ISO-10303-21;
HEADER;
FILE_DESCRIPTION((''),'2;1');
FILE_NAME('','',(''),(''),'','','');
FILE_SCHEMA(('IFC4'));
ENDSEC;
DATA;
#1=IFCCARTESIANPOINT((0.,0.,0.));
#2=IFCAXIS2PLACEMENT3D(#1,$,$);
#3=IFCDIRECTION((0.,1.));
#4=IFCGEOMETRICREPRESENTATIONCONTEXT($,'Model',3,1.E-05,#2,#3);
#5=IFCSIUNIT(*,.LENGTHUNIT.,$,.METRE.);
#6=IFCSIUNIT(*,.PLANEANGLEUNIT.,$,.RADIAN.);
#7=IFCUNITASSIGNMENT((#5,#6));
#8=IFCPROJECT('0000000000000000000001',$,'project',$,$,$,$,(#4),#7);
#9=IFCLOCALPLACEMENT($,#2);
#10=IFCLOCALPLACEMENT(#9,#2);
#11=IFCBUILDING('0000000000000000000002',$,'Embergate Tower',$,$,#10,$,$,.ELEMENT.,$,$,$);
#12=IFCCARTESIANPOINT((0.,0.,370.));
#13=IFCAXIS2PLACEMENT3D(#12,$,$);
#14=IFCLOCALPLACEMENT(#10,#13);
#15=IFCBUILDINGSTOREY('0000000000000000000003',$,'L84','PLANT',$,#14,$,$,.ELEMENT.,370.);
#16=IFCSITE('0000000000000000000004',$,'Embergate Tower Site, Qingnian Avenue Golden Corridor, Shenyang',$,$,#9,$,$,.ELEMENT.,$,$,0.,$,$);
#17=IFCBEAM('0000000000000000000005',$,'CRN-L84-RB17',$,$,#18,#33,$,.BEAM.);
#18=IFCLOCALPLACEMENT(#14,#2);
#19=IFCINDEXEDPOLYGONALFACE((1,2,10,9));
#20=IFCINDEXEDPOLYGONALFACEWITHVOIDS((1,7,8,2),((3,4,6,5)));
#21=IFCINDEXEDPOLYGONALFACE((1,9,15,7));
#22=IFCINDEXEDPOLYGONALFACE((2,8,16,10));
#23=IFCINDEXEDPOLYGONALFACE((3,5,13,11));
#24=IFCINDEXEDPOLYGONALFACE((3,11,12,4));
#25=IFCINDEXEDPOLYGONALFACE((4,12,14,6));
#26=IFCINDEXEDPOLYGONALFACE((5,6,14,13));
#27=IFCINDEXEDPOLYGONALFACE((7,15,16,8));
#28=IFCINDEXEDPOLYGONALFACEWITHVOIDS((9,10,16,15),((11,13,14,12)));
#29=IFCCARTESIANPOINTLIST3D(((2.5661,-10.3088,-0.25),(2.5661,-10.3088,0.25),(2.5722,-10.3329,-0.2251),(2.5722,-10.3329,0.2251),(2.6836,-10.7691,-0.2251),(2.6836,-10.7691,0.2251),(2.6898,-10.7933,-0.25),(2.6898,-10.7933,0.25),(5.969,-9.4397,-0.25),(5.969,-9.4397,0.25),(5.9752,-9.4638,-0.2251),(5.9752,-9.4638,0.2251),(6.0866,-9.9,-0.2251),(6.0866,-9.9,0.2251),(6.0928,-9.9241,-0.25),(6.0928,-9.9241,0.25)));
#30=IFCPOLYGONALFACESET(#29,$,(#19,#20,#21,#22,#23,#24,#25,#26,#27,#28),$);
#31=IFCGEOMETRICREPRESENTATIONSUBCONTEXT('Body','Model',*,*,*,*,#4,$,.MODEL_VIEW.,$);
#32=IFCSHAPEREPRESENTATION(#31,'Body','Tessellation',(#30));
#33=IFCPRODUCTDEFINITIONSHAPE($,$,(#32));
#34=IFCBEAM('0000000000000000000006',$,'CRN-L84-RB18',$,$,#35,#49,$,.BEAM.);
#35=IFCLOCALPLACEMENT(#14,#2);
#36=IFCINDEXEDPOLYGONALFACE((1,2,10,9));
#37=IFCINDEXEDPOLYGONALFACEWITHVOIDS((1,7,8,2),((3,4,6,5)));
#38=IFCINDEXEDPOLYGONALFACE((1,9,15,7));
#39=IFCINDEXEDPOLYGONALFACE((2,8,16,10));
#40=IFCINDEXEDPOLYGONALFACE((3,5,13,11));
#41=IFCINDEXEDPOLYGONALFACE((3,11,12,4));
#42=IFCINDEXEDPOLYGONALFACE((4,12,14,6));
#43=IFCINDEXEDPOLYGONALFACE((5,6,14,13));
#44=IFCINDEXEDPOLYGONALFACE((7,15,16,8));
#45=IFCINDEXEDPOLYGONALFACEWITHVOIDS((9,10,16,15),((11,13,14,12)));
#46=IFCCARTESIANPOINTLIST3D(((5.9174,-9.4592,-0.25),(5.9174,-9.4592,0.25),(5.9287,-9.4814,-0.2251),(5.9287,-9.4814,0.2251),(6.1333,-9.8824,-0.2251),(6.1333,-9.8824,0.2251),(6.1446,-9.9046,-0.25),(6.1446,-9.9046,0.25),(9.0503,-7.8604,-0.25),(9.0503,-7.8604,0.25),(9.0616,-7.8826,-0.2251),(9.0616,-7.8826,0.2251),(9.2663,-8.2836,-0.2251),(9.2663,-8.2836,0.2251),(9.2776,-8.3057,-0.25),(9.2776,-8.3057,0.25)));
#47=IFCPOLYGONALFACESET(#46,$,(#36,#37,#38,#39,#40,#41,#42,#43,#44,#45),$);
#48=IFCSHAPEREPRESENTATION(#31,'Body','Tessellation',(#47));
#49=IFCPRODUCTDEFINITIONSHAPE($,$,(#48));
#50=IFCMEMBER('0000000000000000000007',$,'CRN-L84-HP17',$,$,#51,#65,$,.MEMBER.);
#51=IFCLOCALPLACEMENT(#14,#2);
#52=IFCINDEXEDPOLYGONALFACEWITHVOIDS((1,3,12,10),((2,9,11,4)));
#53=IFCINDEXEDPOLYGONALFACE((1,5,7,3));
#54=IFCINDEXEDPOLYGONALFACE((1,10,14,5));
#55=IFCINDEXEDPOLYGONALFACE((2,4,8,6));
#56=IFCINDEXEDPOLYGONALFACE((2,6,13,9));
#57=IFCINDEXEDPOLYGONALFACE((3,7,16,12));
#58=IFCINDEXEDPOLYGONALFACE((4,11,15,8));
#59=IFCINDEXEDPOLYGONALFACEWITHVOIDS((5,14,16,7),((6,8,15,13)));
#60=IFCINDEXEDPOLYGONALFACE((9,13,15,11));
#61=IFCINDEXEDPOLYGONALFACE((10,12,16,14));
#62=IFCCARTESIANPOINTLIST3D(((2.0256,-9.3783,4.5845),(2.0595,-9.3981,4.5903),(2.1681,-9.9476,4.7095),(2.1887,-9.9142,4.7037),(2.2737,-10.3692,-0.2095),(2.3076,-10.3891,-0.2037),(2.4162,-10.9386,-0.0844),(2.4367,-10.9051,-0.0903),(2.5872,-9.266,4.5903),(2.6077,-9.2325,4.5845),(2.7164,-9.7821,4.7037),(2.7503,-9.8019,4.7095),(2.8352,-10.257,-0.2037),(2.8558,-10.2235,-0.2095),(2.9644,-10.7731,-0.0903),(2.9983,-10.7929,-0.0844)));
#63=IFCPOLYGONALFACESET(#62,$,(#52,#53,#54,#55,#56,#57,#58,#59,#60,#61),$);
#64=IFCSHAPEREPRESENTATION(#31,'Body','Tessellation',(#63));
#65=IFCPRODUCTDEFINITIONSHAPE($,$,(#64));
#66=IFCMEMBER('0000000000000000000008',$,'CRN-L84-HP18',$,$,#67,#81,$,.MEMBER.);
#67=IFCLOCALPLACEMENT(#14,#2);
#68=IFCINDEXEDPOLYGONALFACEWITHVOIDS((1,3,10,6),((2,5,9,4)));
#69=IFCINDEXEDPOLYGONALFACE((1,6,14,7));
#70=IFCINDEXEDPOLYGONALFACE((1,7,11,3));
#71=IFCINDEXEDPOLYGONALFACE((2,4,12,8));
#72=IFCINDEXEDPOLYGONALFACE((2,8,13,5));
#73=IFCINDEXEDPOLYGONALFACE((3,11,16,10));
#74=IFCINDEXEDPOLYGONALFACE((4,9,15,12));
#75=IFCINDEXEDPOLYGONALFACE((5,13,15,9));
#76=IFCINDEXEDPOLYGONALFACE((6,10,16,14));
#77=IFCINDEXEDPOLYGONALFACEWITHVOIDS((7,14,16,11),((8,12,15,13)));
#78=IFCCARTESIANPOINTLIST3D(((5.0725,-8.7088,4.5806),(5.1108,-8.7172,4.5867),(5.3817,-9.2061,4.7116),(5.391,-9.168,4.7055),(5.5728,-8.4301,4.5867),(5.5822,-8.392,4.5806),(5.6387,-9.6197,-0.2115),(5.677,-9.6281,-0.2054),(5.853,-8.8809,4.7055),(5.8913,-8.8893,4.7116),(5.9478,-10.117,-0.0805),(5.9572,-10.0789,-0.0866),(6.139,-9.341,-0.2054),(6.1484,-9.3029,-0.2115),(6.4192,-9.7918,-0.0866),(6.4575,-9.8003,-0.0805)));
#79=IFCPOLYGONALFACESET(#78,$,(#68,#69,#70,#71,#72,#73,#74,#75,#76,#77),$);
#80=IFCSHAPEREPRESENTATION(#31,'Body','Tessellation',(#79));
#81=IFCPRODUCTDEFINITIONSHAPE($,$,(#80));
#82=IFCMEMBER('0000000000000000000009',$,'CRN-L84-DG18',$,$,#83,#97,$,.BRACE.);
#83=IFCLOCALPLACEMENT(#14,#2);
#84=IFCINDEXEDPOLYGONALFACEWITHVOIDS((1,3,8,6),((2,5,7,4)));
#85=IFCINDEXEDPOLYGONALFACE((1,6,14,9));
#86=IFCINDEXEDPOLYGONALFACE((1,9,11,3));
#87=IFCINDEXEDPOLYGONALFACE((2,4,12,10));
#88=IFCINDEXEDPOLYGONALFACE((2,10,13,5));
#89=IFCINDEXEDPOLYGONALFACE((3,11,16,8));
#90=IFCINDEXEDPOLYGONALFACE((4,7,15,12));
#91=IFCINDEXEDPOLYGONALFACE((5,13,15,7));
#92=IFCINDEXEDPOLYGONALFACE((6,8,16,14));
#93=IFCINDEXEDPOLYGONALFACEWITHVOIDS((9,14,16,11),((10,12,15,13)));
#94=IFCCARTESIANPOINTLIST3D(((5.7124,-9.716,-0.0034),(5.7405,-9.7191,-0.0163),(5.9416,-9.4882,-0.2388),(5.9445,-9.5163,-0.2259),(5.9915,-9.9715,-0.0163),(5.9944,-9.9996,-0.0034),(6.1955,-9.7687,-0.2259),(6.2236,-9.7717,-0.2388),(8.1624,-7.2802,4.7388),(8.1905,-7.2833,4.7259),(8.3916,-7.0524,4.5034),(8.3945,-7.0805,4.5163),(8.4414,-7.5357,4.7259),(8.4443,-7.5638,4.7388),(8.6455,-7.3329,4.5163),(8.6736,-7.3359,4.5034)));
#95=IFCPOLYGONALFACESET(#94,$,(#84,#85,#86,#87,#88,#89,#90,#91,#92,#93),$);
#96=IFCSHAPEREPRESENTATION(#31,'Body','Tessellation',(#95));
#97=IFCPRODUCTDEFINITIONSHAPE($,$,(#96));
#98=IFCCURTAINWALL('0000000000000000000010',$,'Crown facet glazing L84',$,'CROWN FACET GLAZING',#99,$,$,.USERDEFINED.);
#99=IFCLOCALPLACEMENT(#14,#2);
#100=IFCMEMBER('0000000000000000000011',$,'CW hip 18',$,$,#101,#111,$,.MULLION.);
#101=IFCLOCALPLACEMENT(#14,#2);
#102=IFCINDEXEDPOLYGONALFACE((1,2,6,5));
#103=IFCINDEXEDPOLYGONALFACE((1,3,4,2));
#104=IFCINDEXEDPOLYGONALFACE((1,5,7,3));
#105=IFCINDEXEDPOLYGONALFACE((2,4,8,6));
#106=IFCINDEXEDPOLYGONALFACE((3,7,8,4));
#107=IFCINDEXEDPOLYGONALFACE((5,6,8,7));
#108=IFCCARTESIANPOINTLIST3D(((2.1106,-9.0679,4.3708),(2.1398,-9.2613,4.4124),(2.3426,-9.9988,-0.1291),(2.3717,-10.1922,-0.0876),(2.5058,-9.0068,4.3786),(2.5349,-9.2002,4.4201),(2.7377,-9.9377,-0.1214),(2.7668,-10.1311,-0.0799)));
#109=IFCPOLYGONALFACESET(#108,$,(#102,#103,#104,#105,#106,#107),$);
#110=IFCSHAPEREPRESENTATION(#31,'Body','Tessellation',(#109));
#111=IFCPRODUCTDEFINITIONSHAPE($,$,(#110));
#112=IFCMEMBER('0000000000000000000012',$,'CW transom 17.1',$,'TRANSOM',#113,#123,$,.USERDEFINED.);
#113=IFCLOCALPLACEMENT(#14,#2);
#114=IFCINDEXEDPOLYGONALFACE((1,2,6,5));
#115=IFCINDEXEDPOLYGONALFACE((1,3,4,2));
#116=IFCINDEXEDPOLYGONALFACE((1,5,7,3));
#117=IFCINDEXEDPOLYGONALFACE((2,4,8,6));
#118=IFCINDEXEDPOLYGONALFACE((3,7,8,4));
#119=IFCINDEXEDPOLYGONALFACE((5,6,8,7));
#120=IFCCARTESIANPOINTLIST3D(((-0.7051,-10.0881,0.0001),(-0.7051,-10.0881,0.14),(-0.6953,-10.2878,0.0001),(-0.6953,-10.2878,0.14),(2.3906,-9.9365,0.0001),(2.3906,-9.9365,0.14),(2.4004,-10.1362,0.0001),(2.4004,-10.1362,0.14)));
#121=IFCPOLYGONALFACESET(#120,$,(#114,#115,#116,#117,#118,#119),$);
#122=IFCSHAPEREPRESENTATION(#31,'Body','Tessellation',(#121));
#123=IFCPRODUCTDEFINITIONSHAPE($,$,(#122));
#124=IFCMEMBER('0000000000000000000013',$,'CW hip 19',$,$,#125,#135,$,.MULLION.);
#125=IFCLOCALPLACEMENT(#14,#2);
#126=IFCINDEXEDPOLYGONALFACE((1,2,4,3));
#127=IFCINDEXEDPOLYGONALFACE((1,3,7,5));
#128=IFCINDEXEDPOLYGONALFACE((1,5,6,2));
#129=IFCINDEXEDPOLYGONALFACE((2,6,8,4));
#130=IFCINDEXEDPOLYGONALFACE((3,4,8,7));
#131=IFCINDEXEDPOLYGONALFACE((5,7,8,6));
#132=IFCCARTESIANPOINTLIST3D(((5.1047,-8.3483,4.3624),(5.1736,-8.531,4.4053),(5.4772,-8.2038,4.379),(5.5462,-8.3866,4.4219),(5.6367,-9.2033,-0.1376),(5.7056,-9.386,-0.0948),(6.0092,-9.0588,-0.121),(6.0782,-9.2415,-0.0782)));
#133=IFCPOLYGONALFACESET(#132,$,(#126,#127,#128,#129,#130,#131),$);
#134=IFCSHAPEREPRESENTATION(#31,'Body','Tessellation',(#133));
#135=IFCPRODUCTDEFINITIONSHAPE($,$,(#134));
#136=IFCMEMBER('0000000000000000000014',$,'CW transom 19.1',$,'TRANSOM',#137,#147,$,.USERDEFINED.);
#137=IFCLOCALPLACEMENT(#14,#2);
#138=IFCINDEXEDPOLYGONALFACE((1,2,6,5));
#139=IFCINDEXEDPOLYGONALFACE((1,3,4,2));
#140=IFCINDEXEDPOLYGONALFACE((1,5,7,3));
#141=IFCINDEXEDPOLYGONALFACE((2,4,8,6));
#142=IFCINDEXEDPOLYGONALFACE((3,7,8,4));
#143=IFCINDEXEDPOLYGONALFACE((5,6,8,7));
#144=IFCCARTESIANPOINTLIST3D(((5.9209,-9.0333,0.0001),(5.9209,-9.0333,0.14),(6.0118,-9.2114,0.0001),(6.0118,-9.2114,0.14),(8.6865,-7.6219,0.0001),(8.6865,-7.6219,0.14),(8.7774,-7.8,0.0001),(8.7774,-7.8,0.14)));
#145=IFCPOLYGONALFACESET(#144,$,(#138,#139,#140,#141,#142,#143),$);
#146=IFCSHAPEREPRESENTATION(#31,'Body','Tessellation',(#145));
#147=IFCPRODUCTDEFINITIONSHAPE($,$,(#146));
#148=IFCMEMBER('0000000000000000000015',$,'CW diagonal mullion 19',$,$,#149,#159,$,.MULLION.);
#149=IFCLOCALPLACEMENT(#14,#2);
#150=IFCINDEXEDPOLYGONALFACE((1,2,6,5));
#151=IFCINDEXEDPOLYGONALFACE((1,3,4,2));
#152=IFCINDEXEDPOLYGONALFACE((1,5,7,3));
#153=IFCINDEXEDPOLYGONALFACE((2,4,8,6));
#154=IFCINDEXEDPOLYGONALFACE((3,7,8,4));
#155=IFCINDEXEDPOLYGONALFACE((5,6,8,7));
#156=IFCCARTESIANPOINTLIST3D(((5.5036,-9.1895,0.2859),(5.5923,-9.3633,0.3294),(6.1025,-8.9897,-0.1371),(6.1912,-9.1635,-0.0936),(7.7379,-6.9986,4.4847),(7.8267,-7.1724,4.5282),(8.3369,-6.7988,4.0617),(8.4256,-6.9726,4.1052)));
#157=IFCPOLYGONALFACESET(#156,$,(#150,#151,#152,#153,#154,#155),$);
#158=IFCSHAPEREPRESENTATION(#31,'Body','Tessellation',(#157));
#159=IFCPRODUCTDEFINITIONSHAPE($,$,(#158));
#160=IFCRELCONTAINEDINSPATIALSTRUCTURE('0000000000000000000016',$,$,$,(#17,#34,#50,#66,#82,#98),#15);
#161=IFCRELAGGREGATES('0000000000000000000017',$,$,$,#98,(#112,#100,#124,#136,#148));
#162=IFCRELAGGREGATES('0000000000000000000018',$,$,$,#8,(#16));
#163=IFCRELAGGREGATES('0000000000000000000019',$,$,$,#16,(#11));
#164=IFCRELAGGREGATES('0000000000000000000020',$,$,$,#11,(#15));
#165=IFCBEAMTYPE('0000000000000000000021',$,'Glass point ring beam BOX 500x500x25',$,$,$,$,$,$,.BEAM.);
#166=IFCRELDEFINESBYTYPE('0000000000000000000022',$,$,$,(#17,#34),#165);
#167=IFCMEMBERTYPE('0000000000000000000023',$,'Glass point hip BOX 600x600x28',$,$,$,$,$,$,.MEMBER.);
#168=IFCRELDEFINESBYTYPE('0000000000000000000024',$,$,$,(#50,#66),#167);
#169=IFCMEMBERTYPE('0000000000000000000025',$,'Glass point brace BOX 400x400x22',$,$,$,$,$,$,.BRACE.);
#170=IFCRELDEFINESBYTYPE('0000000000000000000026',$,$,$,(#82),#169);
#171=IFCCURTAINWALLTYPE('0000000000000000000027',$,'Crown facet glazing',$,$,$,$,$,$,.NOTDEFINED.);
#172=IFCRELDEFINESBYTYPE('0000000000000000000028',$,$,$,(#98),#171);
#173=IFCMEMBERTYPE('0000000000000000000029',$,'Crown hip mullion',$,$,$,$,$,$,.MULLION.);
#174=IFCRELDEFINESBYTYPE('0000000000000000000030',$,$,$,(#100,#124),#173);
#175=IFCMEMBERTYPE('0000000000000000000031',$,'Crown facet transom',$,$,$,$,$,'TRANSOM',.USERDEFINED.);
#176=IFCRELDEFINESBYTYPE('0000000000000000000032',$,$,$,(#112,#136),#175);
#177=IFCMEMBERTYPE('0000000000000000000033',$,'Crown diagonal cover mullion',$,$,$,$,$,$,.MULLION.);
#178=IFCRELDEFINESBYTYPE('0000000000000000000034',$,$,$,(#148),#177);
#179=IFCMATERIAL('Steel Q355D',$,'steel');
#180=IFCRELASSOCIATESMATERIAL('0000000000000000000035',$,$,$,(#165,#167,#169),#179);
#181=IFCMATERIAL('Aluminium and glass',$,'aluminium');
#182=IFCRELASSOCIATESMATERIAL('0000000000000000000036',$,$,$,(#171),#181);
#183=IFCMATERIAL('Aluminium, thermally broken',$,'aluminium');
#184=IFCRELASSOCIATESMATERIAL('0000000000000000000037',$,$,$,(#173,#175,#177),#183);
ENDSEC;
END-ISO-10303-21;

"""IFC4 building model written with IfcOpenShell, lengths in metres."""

from ifc_helpers import new_model, si_unit, direction, frame, origin, origin_2d, place, context, subcontext, project, spatial, rectangle, hollow_rectangle, extrude, source, transform, mapped, material, material_profile, profile_set, type_object, element, aggregate, save


model = new_model("IFC4")

# Units and contexts
model_context = context("Model", 3, precision=1e-05, world=origin(), true_north=direction((0.0, 1.0)))
body_context = subcontext(model_context, "Body", "Model", "MODEL_VIEW")
ifc_project = project(units=[si_unit("LENGTHUNIT", "METRE"), si_unit("PLANEANGLEUNIT", "RADIAN")], contexts=[model_context])

# Site, building, storey
site_placement = place(None, origin())
site = spatial("IfcSite", under=ifc_project, at=site_placement, Name="Embergate Tower Site, Qingnian Avenue Golden Corridor, Shenyang", CompositionType="ELEMENT", RefElevation=0.0)
building_placement = place(site_placement, origin())
building = spatial("IfcBuilding", under=site, at=building_placement, Name="Embergate Tower", CompositionType="ELEMENT")
storey_placement = place(building_placement, frame((0.0, 0.0, 370.0)))
storey = spatial("IfcBuildingStorey", under=building, at=storey_placement, Name="L84", Description="PLANT", CompositionType="ELEMENT", Elevation=370.0)

# Beams
ifc_material_1 = material(Name="Steel Q355D", Category="steel")
ifc_material_profile_1 = material_profile(ifc_material_1, hollow_rectangle(XDim=0.5, YDim=0.5, WallThickness=0.0249, at=origin_2d()), Name="BOX 500x500x25")
ifc_profile_set_1 = profile_set([ifc_material_profile_1], Name="Steel Q355 grade D")
beam_type = type_object("IfcBeamType", Name="Glass point ring beam BOX 500x500x25", PredefinedType="BEAM", material=ifc_profile_set_1)
shared_shape_1 = source(origin(), body_context, "Body", "SweptSolid", [
    extrude(hollow_rectangle(XDim=0.5, YDim=0.5, WallThickness=0.0249, at=origin_2d()), origin(), (0.0, 0.0, 1.0), 3.5122),
])
beam_1_placement = place(storey_placement, frame((2.6279, -10.551, 0.0), z_axis=(0.968899, 0.247455, 0.0), x_axis=(-0.247455, 0.968899, 0.0)))
element("IfcBeam", 1, at=beam_1_placement, inside=storey, type_object=beam_type, Name="CRN-L84-RB17", PredefinedType="BEAM", context=body_context, shape_type="MappedRepresentation", body=[
    mapped(shared_shape_1, transform((0.0, 0.0, 0.0))),
])
shared_shape_2 = source(origin(), body_context, "Body", "SweptSolid", [
    extrude(hollow_rectangle(XDim=0.5, YDim=0.5, WallThickness=0.0249, at=origin_2d()), origin(), (0.0, 0.0, 1.0), 3.5173),
])
beam_2_placement = place(storey_placement, frame((6.031, -9.6819, 0.0), z_axis=(0.890718, 0.454556, 0.0), x_axis=(-0.454556, 0.890718, 0.0)))
element("IfcBeam", 2, at=beam_2_placement, inside=storey, type_object=beam_type, Name="CRN-L84-RB18", PredefinedType="BEAM", context=body_context, shape_type="MappedRepresentation", body=[
    mapped(shared_shape_2, transform((0.0, 0.0, 0.0))),
])

# Members
ifc_material_profile_2 = material_profile(ifc_material_1, hollow_rectangle(XDim=0.6001, YDim=0.6001, WallThickness=0.0281, at=origin_2d()), Name="BOX 600x600x28")
ifc_profile_set_2 = profile_set([ifc_material_profile_2], Name="Steel Q355 grade D")
member_type_1 = type_object("IfcMemberType", Name="Glass point hip BOX 600x600x28", PredefinedType="MEMBER", material=ifc_profile_set_2)
shared_shape_3 = source(origin(), body_context, "Body", "SweptSolid", [
    extrude(hollow_rectangle(XDim=0.6001, YDim=0.6001, WallThickness=0.0281, at=origin_2d()), origin(), (0.0, 0.0, 1.0), 4.9016),
])
member_1_placement = place(storey_placement, frame((2.636, -10.5811, -0.147), z_axis=(-0.050606, 0.202173, 0.978041), x_axis=(-0.970072, -0.242817, 0.0)))
element("IfcMember", 3, at=member_1_placement, inside=storey, type_object=member_type_1, Name="CRN-L84-HP17", PredefinedType="MEMBER", context=body_context, shape_type="MappedRepresentation", body=[
    mapped(shared_shape_3, transform((0.0, 0.0, 0.0))),
])
shared_shape_4 = source(origin(), body_context, "Body", "SweptSolid", [
    extrude(hollow_rectangle(XDim=0.6001, YDim=0.6001, WallThickness=0.0281, at=origin_2d()), origin(), (0.0, 0.0, 1.0), 4.9106),
])
member_2_placement = place(storey_placement, frame((6.0481, -9.71, -0.146), z_axis=(-0.115295, 0.185496, 0.975858), x_axis=(-0.849313, -0.52789, 0.0)))
element("IfcMember", 4, at=member_2_placement, inside=storey, type_object=member_type_1, Name="CRN-L84-HP18", PredefinedType="MEMBER", context=body_context, shape_type="MappedRepresentation", body=[
    mapped(shared_shape_4, transform((0.0, 0.0, 0.0))),
])
ifc_material_profile_3 = material_profile(ifc_material_1, hollow_rectangle(XDim=0.3999, YDim=0.3999, WallThickness=0.022, at=origin_2d()), Name="BOX 400x400x22")
ifc_profile_set_3 = profile_set([ifc_material_profile_3], Name="Steel Q355 grade D")
member_type_2 = type_object("IfcMemberType", Name="Glass point brace BOX 400x400x22", PredefinedType="BRACE", material=ifc_profile_set_3)
shared_shape_5 = source(origin(), body_context, "Body", "SweptSolid", [
    extrude(hollow_rectangle(XDim=0.3999, YDim=0.3999, WallThickness=0.022, at=origin_2d()), origin(), (0.0, 0.0, 1.0), 5.8672),
])
member_3_placement = place(storey_placement, frame((5.968, -9.7439, -0.1211), z_axis=(0.41757, 0.415156, 0.808258), x_axis=(-0.705054, 0.709153, 0.0)))
element("IfcMember", 5, at=member_3_placement, inside=storey, type_object=member_type_2, Name="CRN-L84-DG18", PredefinedType="BRACE", context=body_context, shape_type="MappedRepresentation", body=[
    mapped(shared_shape_5, transform((0.0, 0.0, 0.0))),
])

# Curtain wall, members
ifc_material_2 = material(Name="Aluminium and glass", Category="aluminium")
curtain_wall_type = type_object("IfcCurtainWallType", Name="Crown facet glazing", PredefinedType="NOTDEFINED", material=ifc_material_2)
curtain_wall_placement = place(storey_placement, origin())
curtain_wall = element("IfcCurtainWall", 6, at=curtain_wall_placement, inside=storey, type_object=curtain_wall_type, Name="Crown facet glazing L84", ObjectType="CROWN FACET GLAZING", PredefinedType="USERDEFINED")
ifc_material_3 = material(Name="Aluminium, thermally broken", Category="aluminium")
ifc_material_profile_4 = material_profile(ifc_material_3, rectangle(XDim=0.2, YDim=0.3999, at=origin_2d()), Name="AL 400x200")
ifc_profile_set_4 = profile_set([ifc_material_profile_4], Name="Aluminium, thermally broken")
member_type_3 = type_object("IfcMemberType", Name="Crown hip mullion", PredefinedType="MULLION", material=ifc_profile_set_4)
shared_shape_6 = source(origin(), body_context, "Body", "SweptSolid", [
    extrude(rectangle(XDim=0.2, YDim=0.3999, at=origin_2d()), origin(), (0.0, 0.0, 1.0), 4.6011),
])
member_4_placement = place(storey_placement, frame((2.5547, -10.0649, -0.1045), z_axis=(-0.050408, 0.202322, 0.978021), x_axis=(0.145631, -0.96731, 0.207612)))
member_4 = element("IfcMember", 7, at=member_4_placement, type_object=member_type_3, Name="CW hip 18", PredefinedType="MULLION", context=body_context, shape_type="MappedRepresentation", body=[
    mapped(shared_shape_6, transform((0.0, 0.0, 0.0))),
])
ifc_material_profile_5 = material_profile(ifc_material_3, rectangle(XDim=0.2, YDim=0.1399, at=origin_2d()), Name="AL 140x200")
ifc_profile_set_5 = profile_set([ifc_material_profile_5], Name="Aluminium, thermally broken")
member_type_4 = type_object("IfcMemberType", Name="Crown facet transom", ElementType="TRANSOM", PredefinedType="USERDEFINED", material=ifc_profile_set_5)
shared_shape_7 = source(origin(), body_context, "Body", "SweptSolid", [
    extrude(rectangle(XDim=0.2, YDim=0.1399, at=origin_2d()), origin(), (0.0, 0.0, 1.0), 3.0994),
])
member_5_placement = place(storey_placement, frame((-0.7002, -10.188, 0.0701), z_axis=(0.998803, 0.048916, 0.0), x_axis=(-0.048916, 0.998803, 0.0)))
member_5 = element("IfcMember", 8, at=member_5_placement, type_object=member_type_4, Name="CW transom 17.1", ObjectType="TRANSOM", PredefinedType="USERDEFINED", context=body_context, shape_type="MappedRepresentation", body=[
    mapped(shared_shape_7, transform((0.0, 0.0, 0.0))),
])
shared_shape_8 = source(origin(), body_context, "Body", "SweptSolid", [
    extrude(rectangle(XDim=0.2, YDim=0.3999, at=origin_2d()), origin(), (0.0, 0.0, 1.0), 4.6113),
])
member_6_placement = place(storey_placement, frame((5.8574, -9.2224, -0.1079), z_axis=(-0.115365, 0.18541, 0.975866), x_axis=(0.344856, -0.913843, 0.214395)))
member_6 = element("IfcMember", 9, at=member_6_placement, type_object=member_type_3, Name="CW hip 19", PredefinedType="MULLION", context=body_context, shape_type="MappedRepresentation", body=[
    mapped(shared_shape_8, transform((0.0, 0.0, 0.0))),
])
shared_shape_9 = source(origin(), body_context, "Body", "SweptSolid", [
    extrude(rectangle(XDim=0.2, YDim=0.1399, at=origin_2d()), origin(), (0.0, 0.0, 1.0), 3.105),
])
member_7_placement = place(storey_placement, frame((5.9663, -9.1223, 0.0701), z_axis=(0.890717, 0.454558, 0.0), x_axis=(-0.454558, 0.890717, 0.0)))
member_7 = element("IfcMember", 10, at=member_7_placement, type_object=member_type_4, Name="CW transom 19.1", ObjectType="TRANSOM", PredefinedType="USERDEFINED", context=body_context, shape_type="MappedRepresentation", body=[
    mapped(shared_shape_9, transform((0.0, 0.0, 0.0))),
])
ifc_material_profile_6 = material_profile(ifc_material_3, rectangle(XDim=0.2, YDim=0.76, at=origin_2d()), Name="AL 760x200")
ifc_profile_set_6 = profile_set([ifc_material_profile_6], Name="Aluminium, thermally broken")
member_type_5 = type_object("IfcMemberType", Name="Crown diagonal cover mullion", PredefinedType="MULLION", material=ifc_profile_set_6)
shared_shape_10 = source(origin(), body_context, "Body", "SweptSolid", [
    extrude(rectangle(XDim=0.2, YDim=0.76, at=origin_2d()), origin(), (0.0, 0.0, 1.0), 5.2366),
])
member_8_placement = place(storey_placement, frame((5.8474, -9.1765, 0.0962), z_axis=(0.426685, 0.418386, 0.801806), x_axis=(0.443668, -0.869385, 0.217549)))
member_8 = element("IfcMember", 11, at=member_8_placement, type_object=member_type_5, Name="CW diagonal mullion 19", PredefinedType="MULLION", context=body_context, shape_type="MappedRepresentation", body=[
    mapped(shared_shape_10, transform((0.0, 0.0, 0.0))),
])

aggregate(curtain_wall, [member_5, member_4, member_6, member_7, member_8])

save(model, "model.ifc")
